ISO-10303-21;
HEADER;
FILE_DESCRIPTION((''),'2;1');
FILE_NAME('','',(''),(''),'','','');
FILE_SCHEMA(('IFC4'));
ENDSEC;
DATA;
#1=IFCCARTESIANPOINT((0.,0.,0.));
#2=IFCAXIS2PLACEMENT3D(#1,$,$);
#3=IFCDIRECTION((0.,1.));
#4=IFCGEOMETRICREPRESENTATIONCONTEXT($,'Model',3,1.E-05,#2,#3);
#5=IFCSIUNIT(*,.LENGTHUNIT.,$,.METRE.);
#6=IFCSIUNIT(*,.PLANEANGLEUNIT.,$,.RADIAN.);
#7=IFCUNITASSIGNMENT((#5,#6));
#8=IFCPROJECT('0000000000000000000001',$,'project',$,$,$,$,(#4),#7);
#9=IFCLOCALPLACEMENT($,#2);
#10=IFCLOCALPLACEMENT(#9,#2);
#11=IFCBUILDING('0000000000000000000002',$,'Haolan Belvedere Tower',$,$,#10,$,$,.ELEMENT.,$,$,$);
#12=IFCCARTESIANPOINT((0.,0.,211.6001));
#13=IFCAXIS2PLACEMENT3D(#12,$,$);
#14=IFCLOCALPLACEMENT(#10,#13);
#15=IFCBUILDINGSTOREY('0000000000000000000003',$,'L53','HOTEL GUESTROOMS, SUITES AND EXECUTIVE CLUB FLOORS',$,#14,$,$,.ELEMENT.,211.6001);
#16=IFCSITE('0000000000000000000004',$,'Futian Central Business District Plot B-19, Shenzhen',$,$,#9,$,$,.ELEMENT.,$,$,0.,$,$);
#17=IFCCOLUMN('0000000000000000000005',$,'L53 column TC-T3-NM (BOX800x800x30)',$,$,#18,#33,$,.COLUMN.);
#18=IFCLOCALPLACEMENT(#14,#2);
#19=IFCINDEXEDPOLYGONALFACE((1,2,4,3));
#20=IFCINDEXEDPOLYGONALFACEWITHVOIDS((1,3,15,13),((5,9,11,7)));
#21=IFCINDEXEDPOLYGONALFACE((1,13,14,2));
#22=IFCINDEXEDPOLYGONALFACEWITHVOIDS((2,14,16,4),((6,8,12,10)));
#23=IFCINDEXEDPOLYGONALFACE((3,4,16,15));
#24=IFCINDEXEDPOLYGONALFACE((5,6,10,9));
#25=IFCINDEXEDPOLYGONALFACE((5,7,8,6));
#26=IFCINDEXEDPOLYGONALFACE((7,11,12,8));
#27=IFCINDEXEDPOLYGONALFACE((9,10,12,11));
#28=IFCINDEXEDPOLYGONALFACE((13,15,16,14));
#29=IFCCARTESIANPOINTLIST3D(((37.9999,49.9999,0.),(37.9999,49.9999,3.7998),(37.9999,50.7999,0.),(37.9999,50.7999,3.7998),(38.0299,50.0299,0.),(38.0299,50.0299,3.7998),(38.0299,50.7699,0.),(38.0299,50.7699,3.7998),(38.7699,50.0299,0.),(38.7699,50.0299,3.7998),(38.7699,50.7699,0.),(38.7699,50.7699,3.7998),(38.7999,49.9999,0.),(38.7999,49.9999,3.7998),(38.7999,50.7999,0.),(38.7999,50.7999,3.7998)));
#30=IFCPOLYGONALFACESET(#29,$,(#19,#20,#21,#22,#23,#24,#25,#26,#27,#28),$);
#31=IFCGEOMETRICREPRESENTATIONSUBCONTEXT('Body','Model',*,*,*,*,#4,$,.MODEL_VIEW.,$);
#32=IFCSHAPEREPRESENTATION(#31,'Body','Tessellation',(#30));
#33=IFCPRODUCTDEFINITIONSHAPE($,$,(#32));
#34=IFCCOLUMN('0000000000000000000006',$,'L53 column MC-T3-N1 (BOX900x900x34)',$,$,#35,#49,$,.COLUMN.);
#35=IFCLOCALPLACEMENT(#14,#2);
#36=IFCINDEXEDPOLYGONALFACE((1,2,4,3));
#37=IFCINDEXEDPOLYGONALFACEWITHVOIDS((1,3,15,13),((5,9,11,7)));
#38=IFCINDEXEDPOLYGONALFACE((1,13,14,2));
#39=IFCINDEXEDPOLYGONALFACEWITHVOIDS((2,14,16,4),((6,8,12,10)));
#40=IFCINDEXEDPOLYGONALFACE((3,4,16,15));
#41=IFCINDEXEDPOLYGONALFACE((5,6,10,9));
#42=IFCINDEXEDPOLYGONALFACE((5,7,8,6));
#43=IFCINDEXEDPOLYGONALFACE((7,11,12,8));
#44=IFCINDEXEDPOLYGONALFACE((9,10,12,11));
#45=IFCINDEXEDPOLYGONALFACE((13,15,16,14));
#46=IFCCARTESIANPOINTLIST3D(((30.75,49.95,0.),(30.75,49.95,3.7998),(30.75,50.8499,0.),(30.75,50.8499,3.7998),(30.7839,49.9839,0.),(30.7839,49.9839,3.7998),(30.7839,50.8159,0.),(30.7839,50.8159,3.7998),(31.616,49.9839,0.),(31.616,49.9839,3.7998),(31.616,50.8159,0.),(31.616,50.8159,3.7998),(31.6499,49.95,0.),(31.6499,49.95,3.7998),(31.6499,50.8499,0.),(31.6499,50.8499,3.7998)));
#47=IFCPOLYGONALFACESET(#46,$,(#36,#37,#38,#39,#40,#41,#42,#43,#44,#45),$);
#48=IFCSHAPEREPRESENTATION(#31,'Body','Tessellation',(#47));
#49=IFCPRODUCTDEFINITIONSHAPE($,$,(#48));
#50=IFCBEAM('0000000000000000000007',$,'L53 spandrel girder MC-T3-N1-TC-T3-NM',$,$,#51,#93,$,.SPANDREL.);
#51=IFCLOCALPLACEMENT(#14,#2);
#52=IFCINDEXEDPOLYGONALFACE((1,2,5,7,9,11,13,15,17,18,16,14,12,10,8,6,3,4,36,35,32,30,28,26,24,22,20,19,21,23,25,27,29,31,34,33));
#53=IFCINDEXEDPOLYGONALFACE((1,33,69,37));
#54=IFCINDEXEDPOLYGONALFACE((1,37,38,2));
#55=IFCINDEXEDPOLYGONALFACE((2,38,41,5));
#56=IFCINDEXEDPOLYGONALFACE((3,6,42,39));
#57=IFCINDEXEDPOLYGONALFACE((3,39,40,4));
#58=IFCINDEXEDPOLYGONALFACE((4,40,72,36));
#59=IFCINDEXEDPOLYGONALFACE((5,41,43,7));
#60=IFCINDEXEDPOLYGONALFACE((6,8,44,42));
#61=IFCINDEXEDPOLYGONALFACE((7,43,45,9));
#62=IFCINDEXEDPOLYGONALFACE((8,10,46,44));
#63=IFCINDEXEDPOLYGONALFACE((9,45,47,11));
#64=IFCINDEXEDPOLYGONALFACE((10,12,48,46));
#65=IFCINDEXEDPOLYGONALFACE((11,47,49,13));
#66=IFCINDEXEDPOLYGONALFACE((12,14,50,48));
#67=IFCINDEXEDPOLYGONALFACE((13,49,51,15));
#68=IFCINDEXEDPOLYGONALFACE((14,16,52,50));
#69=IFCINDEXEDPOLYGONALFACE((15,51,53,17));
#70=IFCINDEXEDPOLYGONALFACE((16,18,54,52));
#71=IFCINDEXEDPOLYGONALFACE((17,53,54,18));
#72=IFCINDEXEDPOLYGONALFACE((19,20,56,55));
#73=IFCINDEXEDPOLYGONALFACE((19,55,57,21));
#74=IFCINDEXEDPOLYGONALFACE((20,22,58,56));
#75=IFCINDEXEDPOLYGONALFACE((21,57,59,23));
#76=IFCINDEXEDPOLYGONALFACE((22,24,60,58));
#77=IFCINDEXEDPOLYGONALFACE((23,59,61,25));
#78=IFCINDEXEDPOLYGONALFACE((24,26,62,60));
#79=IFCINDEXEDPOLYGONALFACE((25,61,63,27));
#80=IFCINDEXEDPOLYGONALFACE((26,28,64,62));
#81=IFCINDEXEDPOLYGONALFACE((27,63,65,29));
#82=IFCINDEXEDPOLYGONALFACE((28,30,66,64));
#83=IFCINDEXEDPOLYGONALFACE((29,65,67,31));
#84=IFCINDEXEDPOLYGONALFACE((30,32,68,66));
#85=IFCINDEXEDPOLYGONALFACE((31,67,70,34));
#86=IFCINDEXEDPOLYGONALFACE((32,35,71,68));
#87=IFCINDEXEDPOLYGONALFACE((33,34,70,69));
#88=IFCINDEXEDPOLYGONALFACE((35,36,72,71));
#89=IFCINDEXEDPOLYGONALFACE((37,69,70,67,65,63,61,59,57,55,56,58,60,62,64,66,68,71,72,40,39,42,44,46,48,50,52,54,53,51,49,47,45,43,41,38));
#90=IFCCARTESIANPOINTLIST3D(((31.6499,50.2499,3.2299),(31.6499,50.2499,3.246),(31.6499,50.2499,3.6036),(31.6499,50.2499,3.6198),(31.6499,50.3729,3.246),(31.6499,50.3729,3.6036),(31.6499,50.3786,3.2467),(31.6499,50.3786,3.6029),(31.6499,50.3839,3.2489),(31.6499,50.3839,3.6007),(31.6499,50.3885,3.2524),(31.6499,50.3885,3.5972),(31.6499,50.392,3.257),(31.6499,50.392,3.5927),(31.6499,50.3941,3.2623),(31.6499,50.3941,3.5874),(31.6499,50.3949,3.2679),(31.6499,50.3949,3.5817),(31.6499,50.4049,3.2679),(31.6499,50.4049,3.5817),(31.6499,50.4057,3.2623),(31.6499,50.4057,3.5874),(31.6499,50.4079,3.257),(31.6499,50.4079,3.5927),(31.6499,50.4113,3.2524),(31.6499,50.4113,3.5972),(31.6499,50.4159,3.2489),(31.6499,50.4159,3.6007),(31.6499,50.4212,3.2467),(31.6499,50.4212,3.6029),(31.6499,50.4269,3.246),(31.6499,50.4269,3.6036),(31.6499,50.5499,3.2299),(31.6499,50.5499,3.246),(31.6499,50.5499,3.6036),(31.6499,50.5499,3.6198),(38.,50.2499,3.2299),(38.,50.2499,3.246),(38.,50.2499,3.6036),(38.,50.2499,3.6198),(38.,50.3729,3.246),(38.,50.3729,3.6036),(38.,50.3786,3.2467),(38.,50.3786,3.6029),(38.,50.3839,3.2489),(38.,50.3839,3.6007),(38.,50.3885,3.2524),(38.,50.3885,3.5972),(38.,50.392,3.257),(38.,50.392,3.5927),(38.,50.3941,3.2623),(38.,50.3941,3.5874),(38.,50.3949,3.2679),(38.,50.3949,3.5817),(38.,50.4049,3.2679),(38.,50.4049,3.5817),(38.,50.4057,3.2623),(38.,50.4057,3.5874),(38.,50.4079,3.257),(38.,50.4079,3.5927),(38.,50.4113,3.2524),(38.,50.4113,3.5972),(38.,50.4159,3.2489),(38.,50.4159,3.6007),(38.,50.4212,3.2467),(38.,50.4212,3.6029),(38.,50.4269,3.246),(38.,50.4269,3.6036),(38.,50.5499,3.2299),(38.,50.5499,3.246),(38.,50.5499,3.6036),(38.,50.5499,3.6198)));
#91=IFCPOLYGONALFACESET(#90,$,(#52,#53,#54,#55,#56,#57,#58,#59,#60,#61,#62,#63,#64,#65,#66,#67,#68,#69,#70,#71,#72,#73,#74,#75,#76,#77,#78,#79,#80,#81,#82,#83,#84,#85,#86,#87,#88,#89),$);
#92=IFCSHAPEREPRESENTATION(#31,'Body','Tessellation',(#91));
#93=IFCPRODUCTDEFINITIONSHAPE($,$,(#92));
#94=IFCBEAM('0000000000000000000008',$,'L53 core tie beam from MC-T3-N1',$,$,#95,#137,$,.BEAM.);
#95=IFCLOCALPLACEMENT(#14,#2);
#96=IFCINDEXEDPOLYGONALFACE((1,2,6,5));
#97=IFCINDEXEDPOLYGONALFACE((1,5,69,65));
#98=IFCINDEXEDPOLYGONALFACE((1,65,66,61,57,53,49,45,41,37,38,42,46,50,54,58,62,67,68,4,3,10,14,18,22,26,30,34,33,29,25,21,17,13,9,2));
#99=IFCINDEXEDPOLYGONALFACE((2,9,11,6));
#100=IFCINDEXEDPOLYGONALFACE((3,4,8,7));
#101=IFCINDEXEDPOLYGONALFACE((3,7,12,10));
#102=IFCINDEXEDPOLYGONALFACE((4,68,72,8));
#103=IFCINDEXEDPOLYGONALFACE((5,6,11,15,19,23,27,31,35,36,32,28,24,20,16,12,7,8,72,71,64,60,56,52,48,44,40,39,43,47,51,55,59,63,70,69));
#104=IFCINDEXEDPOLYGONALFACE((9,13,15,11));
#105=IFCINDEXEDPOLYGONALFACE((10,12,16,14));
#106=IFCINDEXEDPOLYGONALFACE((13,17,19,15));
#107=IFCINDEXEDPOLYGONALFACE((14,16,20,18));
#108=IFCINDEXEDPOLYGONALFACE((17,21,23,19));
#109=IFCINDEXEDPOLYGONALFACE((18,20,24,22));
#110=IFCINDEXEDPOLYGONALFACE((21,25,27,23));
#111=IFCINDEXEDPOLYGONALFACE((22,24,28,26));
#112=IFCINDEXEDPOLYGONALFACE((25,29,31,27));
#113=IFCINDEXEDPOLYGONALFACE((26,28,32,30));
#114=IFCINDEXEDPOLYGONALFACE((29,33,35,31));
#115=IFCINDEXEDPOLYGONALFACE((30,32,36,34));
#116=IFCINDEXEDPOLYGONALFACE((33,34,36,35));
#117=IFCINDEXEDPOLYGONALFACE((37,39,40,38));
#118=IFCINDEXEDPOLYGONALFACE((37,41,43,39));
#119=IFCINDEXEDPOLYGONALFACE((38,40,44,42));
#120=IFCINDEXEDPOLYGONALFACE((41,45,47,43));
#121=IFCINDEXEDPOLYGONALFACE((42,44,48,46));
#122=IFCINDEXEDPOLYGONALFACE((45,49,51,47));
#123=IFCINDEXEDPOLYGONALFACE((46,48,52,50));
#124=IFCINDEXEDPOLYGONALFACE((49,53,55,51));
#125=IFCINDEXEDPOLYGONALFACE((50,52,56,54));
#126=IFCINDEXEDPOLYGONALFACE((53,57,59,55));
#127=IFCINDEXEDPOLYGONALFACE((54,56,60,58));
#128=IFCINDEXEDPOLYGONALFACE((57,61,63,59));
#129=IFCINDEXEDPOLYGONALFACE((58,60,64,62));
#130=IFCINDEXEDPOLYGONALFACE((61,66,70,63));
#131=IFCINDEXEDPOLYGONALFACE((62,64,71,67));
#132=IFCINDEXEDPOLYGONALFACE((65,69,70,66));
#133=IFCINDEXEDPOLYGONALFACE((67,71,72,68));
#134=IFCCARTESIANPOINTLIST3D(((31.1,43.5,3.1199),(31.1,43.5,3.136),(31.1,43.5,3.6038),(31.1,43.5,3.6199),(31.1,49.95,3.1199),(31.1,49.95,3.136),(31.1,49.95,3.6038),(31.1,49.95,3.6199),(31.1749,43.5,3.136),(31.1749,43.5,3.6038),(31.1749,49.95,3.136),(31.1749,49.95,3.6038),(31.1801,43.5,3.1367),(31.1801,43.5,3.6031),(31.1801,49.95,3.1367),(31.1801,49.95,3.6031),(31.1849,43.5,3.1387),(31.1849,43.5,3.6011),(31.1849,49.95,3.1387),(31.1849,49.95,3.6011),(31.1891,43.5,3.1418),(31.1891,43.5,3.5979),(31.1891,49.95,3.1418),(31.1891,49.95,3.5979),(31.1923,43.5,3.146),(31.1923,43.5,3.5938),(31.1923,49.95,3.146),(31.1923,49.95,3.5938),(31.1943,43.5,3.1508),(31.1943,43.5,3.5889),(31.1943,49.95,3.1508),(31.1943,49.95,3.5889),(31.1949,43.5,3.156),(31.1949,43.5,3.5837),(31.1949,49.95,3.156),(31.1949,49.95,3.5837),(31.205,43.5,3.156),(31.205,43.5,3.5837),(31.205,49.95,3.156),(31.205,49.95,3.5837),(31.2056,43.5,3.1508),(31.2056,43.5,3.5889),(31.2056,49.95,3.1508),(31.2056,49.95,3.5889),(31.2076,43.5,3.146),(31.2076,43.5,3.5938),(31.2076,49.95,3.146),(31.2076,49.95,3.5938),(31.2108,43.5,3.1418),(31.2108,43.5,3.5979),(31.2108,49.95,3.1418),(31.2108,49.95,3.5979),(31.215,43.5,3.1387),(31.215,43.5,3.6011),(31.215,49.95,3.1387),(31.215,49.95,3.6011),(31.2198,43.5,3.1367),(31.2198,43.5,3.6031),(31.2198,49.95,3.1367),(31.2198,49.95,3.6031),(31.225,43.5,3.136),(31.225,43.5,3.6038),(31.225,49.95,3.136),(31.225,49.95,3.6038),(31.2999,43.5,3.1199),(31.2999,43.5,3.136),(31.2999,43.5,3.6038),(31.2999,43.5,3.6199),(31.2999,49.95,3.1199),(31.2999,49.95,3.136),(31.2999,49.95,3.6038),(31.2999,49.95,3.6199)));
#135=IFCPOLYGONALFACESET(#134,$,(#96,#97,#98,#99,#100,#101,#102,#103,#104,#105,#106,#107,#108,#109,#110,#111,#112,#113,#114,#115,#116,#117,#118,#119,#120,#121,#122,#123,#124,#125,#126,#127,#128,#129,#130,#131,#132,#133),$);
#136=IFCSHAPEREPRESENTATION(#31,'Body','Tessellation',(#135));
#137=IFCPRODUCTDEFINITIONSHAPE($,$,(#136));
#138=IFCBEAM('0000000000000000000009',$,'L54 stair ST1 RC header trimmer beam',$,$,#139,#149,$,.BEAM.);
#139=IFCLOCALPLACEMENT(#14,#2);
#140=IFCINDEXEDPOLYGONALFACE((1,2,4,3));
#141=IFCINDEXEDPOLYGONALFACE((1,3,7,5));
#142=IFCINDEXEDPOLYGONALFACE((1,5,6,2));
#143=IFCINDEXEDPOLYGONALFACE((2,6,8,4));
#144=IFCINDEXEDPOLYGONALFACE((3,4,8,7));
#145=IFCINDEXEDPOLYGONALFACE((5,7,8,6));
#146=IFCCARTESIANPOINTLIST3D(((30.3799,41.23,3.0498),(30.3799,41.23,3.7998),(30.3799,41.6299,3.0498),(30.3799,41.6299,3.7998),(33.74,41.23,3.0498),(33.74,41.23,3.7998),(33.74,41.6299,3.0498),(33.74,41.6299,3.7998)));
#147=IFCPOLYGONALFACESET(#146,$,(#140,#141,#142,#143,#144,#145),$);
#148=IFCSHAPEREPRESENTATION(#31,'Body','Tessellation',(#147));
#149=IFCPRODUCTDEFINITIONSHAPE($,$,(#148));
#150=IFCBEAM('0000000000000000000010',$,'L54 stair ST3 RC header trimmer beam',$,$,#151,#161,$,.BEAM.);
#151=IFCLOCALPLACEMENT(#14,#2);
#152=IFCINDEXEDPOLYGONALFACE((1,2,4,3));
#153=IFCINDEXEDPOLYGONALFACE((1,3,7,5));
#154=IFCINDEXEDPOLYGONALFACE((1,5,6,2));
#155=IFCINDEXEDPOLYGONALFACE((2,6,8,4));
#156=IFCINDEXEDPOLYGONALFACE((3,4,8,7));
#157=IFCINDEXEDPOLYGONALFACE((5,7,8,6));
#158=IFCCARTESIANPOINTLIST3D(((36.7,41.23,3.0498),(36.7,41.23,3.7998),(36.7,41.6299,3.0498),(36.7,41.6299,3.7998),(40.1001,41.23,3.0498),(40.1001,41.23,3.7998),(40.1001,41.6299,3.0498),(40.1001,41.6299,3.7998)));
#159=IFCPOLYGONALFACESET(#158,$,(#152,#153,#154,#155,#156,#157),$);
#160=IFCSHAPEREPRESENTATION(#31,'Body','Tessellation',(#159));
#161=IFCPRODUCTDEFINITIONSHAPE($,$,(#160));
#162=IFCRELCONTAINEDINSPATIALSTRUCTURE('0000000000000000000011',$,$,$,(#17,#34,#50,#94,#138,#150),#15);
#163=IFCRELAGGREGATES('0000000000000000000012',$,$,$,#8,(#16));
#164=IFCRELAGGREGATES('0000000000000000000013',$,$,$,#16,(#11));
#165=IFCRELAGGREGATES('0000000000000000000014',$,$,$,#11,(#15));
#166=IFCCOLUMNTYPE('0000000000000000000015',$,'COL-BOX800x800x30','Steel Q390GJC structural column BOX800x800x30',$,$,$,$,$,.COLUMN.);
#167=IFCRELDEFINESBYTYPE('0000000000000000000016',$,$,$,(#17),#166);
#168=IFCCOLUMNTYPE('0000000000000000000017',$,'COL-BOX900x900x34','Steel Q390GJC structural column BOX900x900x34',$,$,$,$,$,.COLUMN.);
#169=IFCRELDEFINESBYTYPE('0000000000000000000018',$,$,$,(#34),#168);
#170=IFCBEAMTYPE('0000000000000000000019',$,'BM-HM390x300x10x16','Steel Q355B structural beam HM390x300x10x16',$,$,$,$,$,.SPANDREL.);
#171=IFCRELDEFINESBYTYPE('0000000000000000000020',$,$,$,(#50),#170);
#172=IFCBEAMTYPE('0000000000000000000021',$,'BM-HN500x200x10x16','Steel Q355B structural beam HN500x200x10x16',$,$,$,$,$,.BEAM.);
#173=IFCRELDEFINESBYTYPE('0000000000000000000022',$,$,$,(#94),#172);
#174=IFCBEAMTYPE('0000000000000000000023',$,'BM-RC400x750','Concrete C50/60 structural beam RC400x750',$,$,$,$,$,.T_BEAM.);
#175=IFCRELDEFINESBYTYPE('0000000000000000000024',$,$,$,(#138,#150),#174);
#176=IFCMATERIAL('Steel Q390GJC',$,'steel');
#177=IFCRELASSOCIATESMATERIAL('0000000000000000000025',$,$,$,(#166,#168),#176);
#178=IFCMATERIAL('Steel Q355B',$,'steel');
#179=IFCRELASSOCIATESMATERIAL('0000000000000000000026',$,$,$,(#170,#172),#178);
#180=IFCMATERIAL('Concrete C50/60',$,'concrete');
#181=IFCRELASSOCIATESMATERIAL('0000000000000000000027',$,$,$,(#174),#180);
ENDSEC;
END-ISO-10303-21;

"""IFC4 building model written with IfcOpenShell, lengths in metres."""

from ifc_helpers import new_model, si_unit, direction, frame, origin, origin_2d, place, context, subcontext, project, spatial, rectangle, hollow_rectangle, i_section, extrude, material, material_profile, profile_set, type_object, element, save


model = new_model("IFC4")

# Units and contexts
model_context = context("Model", 3, precision=1e-05, world=origin(), true_north=direction((0.0, 1.0)))
body_context = subcontext(model_context, "Body", "Model", "MODEL_VIEW")
ifc_project = project(units=[si_unit("LENGTHUNIT", "METRE"), si_unit("PLANEANGLEUNIT", "RADIAN")], contexts=[model_context])

# Site, building, storey
site_placement = place(None, origin())
site = spatial("IfcSite", under=ifc_project, at=site_placement, Name="Futian Central Business District Plot B-19, Shenzhen", CompositionType="ELEMENT", RefElevation=0.0)
building_placement = place(site_placement, origin())
building = spatial("IfcBuilding", under=site, at=building_placement, Name="Haolan Belvedere Tower", CompositionType="ELEMENT")
storey_placement = place(building_placement, frame((0.0, 0.0, 211.6001)))
storey = spatial("IfcBuildingStorey", under=building, at=storey_placement, Name="L53", Description="HOTEL GUESTROOMS, SUITES AND EXECUTIVE CLUB FLOORS", CompositionType="ELEMENT", Elevation=211.6001)

# Columns
ifc_material_1 = material(Name="Steel Q390GJC", Category="steel")
ifc_material_profile_1 = material_profile(ifc_material_1, hollow_rectangle(XDim=0.8, YDim=0.8, WallThickness=0.03, at=origin_2d()), Name="Steel Q390GJC")
ifc_profile_set_1 = profile_set([ifc_material_profile_1], Name="Steel Q390GJC")
column_type_1 = type_object("IfcColumnType", Name="COL-BOX800x800x30", Description="Steel Q390GJC structural column BOX800x800x30", PredefinedType="COLUMN", material=ifc_profile_set_1)
column_1_placement = place(storey_placement, frame((38.3999, 50.3999, 0.0), z_axis=(0.0, 0.0, 1.0), x_axis=(1.0, 0.0, 0.0)))
element("IfcColumn", 1, at=column_1_placement, inside=storey, type_object=column_type_1, Name="L53 column TC-T3-NM (BOX800x800x30)", PredefinedType="COLUMN", context=body_context, shape_type="SweptSolid", body=[
    extrude(hollow_rectangle(XDim=0.8, YDim=0.8, WallThickness=0.03, at=origin_2d()), origin(), (0.0, 0.0, 1.0), 3.7998),
])
ifc_material_profile_2 = material_profile(ifc_material_1, hollow_rectangle(XDim=0.8999, YDim=0.8999, WallThickness=0.0339, at=origin_2d()), Name="Steel Q390GJC")
ifc_profile_set_2 = profile_set([ifc_material_profile_2], Name="Steel Q390GJC")
column_type_2 = type_object("IfcColumnType", Name="COL-BOX900x900x34", Description="Steel Q390GJC structural column BOX900x900x34", PredefinedType="COLUMN", material=ifc_profile_set_2)
column_2_placement = place(storey_placement, frame((31.2, 50.3999, 0.0), z_axis=(0.0, 0.0, 1.0), x_axis=(1.0, 0.0, 0.0)))
element("IfcColumn", 2, at=column_2_placement, inside=storey, type_object=column_type_2, Name="L53 column MC-T3-N1 (BOX900x900x34)", PredefinedType="COLUMN", context=body_context, shape_type="SweptSolid", body=[
    extrude(hollow_rectangle(XDim=0.8999, YDim=0.8999, WallThickness=0.0339, at=origin_2d()), origin(), (0.0, 0.0, 1.0), 3.7998),
])

# Beams
ifc_material_2 = material(Name="Steel Q355B", Category="steel")
ifc_material_profile_3 = material_profile(ifc_material_2, i_section(OverallWidth=0.3, OverallDepth=0.3899, WebThickness=0.01, FlangeThickness=0.0161, FilletRadius=0.022, at=origin_2d()), Name="Steel Q355B")
ifc_profile_set_3 = profile_set([ifc_material_profile_3], Name="Steel Q355B")
beam_type_1 = type_object("IfcBeamType", Name="BM-HM390x300x10x16", Description="Steel Q355B structural beam HM390x300x10x16", PredefinedType="SPANDREL", material=ifc_profile_set_3)
beam_1_placement = place(storey_placement, frame((31.6499, 50.3999, 3.4248), z_axis=(1.0, 0.0, 0.0), x_axis=(0.0, 1.0, 0.0)))
element("IfcBeam", 3, at=beam_1_placement, inside=storey, type_object=beam_type_1, Name="L53 spandrel girder MC-T3-N1-TC-T3-NM", PredefinedType="SPANDREL", context=body_context, shape_type="SweptSolid", body=[
    extrude(i_section(OverallWidth=0.3, OverallDepth=0.3899, WebThickness=0.01, FlangeThickness=0.0161, FilletRadius=0.022, at=origin_2d()), origin(), (0.0, 0.0, 1.0), 6.3501),
])
ifc_material_profile_4 = material_profile(ifc_material_2, i_section(OverallWidth=0.2, OverallDepth=0.5, WebThickness=0.01, FlangeThickness=0.0161, FilletRadius=0.02, at=origin_2d()), Name="Steel Q355B")
ifc_profile_set_4 = profile_set([ifc_material_profile_4], Name="Steel Q355B")
beam_type_2 = type_object("IfcBeamType", Name="BM-HN500x200x10x16", Description="Steel Q355B structural beam HN500x200x10x16", PredefinedType="BEAM", material=ifc_profile_set_4)
beam_2_placement = place(storey_placement, frame((31.2, 49.95, 3.3699), z_axis=(0.0, -1.0, 0.0), x_axis=(1.0, 0.0, 0.0)))
element("IfcBeam", 4, at=beam_2_placement, inside=storey, type_object=beam_type_2, Name="L53 core tie beam from MC-T3-N1", PredefinedType="BEAM", context=body_context, shape_type="SweptSolid", body=[
    extrude(i_section(OverallWidth=0.2, OverallDepth=0.5, WebThickness=0.01, FlangeThickness=0.0161, FilletRadius=0.02, at=origin_2d()), origin(), (0.0, 0.0, 1.0), 6.45),
])
ifc_material_3 = material(Name="Concrete C50/60", Category="concrete")
ifc_material_profile_5 = material_profile(ifc_material_3, rectangle(XDim=0.3999, YDim=0.75, at=origin_2d()), Name="Concrete C50/60")
ifc_profile_set_5 = profile_set([ifc_material_profile_5], Name="Concrete C50/60")
beam_type_3 = type_object("IfcBeamType", Name="BM-RC400x750", Description="Concrete C50/60 structural beam RC400x750", PredefinedType="T_BEAM", material=ifc_profile_set_5)
beam_3_placement = place(storey_placement, frame((30.3799, 41.4299, 3.4248), z_axis=(1.0, 0.0, 0.0), x_axis=(0.0, 1.0, 0.0)))
element("IfcBeam", 5, at=beam_3_placement, inside=storey, type_object=beam_type_3, Name="L54 stair ST1 RC header trimmer beam", PredefinedType="BEAM", context=body_context, shape_type="SweptSolid", body=[
    extrude(rectangle(XDim=0.3999, YDim=0.75, at=origin_2d()), origin(), (0.0, 0.0, 1.0), 3.3601),
])
beam_4_placement = place(storey_placement, frame((36.7, 41.4299, 3.4248), z_axis=(1.0, 0.0, 0.0), x_axis=(0.0, 1.0, 0.0)))
element("IfcBeam", 6, at=beam_4_placement, inside=storey, type_object=beam_type_3, Name="L54 stair ST3 RC header trimmer beam", PredefinedType="BEAM", context=body_context, shape_type="SweptSolid", body=[
    extrude(rectangle(XDim=0.3999, YDim=0.75, at=origin_2d()), origin(), (0.0, 0.0, 1.0), 3.4001),
])

save(model, "model.ifc")
